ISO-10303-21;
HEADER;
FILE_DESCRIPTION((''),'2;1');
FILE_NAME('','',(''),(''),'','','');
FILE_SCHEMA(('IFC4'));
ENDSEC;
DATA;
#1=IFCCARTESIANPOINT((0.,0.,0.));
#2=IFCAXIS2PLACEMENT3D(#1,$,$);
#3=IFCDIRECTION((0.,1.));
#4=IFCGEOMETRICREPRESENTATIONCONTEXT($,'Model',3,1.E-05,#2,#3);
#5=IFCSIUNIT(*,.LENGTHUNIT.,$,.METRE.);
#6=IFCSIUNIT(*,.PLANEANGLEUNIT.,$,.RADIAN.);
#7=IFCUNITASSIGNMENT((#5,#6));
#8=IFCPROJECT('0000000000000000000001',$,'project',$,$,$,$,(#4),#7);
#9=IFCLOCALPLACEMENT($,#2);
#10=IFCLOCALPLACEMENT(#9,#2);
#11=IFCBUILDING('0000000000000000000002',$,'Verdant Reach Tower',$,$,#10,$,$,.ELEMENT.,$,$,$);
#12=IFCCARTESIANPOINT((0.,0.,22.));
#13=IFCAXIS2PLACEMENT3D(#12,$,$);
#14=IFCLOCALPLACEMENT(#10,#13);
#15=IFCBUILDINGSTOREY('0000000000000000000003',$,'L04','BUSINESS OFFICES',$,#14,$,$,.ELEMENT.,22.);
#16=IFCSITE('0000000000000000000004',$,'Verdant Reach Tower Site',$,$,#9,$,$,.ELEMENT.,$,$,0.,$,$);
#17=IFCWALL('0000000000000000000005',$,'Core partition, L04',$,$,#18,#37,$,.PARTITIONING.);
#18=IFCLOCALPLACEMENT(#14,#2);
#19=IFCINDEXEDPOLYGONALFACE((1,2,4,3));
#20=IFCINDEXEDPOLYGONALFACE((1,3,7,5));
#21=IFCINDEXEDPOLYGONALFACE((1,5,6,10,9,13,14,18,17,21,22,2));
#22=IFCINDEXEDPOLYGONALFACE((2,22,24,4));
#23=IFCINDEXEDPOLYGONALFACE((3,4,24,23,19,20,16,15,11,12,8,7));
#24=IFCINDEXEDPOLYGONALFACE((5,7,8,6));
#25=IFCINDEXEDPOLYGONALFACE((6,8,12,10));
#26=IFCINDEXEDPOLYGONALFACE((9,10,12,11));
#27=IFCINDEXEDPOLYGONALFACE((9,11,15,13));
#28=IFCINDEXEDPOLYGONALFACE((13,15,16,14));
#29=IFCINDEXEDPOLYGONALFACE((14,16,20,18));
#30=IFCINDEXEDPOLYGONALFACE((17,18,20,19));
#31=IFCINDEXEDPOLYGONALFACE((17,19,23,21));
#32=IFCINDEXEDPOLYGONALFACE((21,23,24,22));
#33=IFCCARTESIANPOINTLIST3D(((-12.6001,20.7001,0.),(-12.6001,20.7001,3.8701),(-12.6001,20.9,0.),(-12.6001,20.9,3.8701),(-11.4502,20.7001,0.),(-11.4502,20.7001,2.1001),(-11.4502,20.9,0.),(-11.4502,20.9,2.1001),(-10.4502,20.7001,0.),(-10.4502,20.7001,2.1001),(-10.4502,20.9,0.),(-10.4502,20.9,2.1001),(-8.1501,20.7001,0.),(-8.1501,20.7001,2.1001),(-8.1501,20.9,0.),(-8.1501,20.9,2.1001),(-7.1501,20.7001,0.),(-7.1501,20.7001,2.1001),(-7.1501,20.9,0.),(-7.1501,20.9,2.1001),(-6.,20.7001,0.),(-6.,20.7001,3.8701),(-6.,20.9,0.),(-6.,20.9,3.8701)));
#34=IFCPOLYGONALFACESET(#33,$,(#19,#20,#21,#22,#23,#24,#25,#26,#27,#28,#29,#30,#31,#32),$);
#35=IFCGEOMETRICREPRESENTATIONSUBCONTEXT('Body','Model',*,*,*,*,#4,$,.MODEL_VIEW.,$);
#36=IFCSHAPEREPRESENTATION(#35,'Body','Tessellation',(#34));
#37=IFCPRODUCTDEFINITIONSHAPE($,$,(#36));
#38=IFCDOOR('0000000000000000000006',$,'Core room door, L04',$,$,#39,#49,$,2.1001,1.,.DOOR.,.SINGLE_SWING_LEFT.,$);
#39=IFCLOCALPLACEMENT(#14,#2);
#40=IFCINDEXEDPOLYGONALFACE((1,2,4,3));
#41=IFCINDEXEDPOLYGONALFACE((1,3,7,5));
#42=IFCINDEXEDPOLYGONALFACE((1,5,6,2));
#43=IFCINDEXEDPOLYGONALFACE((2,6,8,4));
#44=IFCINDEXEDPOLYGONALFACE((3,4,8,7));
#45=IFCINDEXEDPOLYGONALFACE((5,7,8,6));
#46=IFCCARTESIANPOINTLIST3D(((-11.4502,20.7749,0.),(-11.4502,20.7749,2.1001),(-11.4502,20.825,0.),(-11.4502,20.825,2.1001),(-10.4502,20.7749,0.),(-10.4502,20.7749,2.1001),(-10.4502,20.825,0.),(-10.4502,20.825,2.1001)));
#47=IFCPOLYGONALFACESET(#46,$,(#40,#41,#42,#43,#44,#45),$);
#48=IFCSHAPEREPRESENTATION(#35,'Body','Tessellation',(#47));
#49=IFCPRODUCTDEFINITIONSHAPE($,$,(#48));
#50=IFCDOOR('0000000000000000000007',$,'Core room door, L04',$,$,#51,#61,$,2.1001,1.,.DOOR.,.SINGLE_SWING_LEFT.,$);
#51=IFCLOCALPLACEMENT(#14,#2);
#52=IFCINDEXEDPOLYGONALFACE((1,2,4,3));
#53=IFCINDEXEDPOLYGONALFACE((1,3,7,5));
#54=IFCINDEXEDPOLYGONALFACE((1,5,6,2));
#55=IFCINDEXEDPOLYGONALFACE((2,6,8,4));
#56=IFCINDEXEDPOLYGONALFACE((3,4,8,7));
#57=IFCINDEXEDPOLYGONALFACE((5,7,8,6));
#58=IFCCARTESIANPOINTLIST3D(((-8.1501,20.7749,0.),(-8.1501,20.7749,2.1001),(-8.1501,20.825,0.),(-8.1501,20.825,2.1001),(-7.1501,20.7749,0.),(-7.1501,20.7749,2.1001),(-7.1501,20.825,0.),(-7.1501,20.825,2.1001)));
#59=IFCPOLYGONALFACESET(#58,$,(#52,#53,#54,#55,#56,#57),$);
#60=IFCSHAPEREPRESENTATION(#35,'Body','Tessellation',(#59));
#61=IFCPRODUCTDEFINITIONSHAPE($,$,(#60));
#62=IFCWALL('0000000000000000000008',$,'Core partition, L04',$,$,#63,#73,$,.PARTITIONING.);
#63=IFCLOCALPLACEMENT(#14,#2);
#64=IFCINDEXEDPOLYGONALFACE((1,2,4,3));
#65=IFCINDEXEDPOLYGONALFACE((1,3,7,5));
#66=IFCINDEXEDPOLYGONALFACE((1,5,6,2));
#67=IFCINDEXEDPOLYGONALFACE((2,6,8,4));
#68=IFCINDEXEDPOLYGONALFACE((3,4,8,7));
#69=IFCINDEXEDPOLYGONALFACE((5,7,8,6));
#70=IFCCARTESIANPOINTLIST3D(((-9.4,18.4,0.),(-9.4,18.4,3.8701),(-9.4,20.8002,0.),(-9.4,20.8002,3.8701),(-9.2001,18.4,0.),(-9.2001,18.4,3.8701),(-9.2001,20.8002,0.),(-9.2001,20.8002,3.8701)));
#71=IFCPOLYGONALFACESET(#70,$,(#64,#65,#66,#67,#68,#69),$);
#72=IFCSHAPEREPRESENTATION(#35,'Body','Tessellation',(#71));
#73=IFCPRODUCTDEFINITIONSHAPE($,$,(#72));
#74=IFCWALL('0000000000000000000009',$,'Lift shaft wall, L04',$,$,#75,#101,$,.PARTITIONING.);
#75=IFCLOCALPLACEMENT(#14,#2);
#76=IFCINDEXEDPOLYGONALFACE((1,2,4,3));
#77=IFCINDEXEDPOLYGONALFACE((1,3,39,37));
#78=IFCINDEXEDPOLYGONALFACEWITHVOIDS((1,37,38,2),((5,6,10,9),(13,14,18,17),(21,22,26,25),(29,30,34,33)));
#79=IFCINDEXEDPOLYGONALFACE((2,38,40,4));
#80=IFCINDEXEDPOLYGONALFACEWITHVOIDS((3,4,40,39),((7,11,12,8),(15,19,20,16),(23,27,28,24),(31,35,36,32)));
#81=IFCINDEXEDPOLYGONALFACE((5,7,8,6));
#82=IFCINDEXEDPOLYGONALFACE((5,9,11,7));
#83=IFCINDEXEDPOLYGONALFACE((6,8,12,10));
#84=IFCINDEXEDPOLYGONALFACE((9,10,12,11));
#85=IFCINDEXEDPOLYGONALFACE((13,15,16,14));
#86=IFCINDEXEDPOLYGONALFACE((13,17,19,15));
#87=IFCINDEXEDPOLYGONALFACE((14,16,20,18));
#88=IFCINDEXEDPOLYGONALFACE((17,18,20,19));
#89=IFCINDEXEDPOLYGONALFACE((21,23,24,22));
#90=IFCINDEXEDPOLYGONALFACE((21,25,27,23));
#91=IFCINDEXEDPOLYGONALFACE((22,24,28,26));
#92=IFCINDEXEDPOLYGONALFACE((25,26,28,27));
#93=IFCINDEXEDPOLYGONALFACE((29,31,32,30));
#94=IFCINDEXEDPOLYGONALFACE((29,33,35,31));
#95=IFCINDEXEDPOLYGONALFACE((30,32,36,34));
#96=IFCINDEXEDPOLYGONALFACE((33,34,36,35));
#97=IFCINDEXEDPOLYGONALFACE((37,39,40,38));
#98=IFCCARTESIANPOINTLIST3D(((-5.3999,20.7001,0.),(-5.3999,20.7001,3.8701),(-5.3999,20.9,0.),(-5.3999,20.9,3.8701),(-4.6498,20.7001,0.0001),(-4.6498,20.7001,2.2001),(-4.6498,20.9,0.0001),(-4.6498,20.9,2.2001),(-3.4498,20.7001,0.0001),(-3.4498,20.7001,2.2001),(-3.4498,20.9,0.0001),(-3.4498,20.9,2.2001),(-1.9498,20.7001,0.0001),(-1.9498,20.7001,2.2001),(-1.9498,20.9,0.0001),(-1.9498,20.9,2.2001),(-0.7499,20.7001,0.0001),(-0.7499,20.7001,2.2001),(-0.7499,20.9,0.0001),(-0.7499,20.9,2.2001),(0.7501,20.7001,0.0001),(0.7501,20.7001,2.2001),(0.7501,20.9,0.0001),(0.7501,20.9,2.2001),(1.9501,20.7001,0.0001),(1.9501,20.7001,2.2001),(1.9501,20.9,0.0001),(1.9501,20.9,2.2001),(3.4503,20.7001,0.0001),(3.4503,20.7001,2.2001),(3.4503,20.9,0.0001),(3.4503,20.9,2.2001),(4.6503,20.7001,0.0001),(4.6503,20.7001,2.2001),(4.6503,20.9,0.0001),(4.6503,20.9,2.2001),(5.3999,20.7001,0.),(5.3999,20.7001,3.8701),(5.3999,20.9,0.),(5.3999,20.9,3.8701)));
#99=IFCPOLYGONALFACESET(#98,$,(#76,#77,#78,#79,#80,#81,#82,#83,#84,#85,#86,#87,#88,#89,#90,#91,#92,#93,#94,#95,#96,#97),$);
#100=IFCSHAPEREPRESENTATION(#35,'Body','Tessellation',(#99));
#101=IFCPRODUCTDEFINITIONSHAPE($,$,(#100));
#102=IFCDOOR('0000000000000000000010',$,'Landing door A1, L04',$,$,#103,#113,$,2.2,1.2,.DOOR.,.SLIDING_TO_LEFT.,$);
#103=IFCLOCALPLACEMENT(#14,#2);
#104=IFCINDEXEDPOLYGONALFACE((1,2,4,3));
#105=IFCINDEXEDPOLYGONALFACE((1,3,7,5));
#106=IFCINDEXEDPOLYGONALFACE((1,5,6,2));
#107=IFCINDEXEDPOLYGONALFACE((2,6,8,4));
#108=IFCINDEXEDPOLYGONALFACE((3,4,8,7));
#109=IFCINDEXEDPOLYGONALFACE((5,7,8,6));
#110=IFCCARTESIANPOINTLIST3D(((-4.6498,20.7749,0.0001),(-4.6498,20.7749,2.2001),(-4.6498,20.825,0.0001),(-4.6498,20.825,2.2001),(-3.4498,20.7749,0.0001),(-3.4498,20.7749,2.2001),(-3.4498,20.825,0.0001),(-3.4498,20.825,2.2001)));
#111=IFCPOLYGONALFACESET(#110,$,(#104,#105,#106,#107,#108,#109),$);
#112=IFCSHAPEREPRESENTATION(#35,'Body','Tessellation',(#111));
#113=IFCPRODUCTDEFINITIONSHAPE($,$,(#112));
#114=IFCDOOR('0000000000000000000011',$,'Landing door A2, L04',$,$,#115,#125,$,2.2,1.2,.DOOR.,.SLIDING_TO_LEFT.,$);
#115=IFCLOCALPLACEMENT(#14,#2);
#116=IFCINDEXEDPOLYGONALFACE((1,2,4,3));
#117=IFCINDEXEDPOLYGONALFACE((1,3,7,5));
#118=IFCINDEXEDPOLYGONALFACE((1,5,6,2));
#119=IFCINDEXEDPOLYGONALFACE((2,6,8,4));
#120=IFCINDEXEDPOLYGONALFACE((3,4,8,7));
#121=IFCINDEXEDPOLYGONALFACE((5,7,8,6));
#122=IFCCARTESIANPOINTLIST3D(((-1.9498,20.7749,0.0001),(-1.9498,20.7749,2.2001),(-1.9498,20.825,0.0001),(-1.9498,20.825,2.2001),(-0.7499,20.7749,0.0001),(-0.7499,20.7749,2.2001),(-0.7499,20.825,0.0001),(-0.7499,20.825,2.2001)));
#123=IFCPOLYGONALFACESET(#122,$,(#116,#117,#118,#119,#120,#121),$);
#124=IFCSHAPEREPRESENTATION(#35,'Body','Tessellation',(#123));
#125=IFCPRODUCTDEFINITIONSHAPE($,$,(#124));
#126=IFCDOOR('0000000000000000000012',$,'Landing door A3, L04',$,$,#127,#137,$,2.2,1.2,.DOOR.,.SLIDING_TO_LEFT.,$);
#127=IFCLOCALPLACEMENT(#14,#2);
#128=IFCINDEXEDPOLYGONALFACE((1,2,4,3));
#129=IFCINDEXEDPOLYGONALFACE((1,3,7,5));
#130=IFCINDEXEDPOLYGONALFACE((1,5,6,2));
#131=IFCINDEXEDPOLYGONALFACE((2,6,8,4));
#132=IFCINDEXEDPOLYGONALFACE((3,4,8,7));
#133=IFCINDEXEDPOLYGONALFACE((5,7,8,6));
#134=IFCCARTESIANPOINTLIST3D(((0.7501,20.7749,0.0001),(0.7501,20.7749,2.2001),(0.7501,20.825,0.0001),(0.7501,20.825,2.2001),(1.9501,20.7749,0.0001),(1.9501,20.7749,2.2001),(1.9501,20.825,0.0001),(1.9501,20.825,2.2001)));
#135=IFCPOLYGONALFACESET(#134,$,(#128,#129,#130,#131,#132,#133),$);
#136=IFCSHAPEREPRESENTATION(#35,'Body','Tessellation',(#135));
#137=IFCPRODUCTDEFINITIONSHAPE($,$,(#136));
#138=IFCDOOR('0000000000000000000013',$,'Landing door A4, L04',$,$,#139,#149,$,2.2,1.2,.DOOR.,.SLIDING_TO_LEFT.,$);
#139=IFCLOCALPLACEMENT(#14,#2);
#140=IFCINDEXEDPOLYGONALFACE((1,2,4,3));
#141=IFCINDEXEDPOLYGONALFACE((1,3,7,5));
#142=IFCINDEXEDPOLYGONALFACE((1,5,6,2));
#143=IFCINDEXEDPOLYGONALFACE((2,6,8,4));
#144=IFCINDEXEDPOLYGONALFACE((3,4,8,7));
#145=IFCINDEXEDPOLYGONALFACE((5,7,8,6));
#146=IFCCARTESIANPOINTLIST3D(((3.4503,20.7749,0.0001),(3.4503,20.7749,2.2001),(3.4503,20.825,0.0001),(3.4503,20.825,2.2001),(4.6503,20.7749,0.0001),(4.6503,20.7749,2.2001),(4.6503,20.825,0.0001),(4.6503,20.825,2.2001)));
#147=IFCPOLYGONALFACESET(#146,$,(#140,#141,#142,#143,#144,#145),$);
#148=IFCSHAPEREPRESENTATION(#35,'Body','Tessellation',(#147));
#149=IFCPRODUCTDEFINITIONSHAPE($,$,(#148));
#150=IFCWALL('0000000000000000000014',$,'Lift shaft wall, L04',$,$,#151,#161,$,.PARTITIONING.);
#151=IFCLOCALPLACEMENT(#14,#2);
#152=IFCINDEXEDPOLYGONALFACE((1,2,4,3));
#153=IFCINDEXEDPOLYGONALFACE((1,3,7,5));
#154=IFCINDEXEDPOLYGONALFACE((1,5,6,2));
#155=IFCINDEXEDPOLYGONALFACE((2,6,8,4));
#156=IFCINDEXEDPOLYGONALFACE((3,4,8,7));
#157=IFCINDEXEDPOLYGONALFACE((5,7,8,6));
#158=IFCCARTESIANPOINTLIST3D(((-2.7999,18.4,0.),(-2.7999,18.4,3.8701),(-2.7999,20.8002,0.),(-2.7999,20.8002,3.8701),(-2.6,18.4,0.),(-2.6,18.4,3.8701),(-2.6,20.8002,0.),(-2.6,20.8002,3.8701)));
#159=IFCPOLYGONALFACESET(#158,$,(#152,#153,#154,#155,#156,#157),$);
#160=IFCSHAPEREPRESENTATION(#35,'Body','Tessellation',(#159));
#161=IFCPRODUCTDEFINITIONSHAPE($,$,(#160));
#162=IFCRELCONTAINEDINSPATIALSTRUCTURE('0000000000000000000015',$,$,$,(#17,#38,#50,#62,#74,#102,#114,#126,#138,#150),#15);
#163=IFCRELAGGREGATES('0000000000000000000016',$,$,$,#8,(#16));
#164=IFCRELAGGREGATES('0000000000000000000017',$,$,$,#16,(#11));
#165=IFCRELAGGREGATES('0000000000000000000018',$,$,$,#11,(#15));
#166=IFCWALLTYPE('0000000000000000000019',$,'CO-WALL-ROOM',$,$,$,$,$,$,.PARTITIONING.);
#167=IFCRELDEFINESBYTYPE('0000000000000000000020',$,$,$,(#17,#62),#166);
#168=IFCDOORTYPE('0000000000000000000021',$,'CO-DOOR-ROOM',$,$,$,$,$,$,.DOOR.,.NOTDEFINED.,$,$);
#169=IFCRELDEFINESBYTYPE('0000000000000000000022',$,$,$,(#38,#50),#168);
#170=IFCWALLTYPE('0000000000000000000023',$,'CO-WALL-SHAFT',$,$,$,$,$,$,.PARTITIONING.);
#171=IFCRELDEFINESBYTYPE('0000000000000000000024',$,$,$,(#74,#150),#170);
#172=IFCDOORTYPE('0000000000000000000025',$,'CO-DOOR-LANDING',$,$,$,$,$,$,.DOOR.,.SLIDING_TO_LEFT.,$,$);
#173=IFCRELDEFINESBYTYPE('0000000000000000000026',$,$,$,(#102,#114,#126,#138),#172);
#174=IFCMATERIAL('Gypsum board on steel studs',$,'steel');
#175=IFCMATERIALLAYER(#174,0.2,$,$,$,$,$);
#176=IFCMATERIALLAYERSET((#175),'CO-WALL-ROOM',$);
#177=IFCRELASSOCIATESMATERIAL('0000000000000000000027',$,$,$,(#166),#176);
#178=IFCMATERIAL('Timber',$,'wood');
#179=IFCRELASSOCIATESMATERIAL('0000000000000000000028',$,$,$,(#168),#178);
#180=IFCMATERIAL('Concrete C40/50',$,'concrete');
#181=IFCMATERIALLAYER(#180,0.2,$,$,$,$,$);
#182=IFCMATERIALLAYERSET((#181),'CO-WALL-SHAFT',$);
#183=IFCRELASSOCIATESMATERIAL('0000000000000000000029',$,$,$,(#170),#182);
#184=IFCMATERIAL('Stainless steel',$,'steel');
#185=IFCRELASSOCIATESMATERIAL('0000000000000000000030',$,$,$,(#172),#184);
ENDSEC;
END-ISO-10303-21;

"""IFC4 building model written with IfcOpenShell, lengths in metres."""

from ifc_helpers import new_model, si_unit, direction, frame, frame_2d, origin, place, context, subcontext, project, spatial, rectangle, extrude, material, layer, layer_set, type_object, element, fill, save


model = new_model("IFC4")

# Units and contexts
model_context = context("Model", 3, precision=1e-05, world=origin(), true_north=direction((0.0, 1.0)))
body_context = subcontext(model_context, "Body", "Model", "MODEL_VIEW")
ifc_project = project(units=[si_unit("LENGTHUNIT", "METRE"), si_unit("PLANEANGLEUNIT", "RADIAN")], contexts=[model_context])

# Site, building, storey
site_placement = place(None, origin())
site = spatial("IfcSite", under=ifc_project, at=site_placement, Name="Verdant Reach Tower Site", CompositionType="ELEMENT", RefElevation=0.0)
building_placement = place(site_placement, origin())
building = spatial("IfcBuilding", under=site, at=building_placement, Name="Verdant Reach Tower", CompositionType="ELEMENT")
storey_placement = place(building_placement, frame((0.0, 0.0, 22.0)))
storey = spatial("IfcBuildingStorey", under=building, at=storey_placement, Name="L04", Description="BUSINESS OFFICES", CompositionType="ELEMENT", Elevation=22.0)

# Wall, openings, doors
ifc_material_1 = material(Name="Gypsum board on steel studs", Category="steel")
ifc_layer_1 = layer(ifc_material_1, 0.2)
ifc_layer_set_1 = layer_set([ifc_layer_1], Name="CO-WALL-ROOM")
wall_type_1 = type_object("IfcWallType", Name="CO-WALL-ROOM", PredefinedType="PARTITIONING", material=ifc_layer_set_1)
wall_1_placement = place(storey_placement, frame((-12.6001, 20.8, 0.0), z_axis=(0.0, 0.0, 1.0), x_axis=(1.0, 0.0, 0.0)))
wall_1 = element("IfcWall", 1, at=wall_1_placement, inside=storey, type_object=wall_type_1, Name="Core partition, L04", PredefinedType="PARTITIONING", context=body_context, shape_type="SweptSolid", body=[
    extrude(rectangle(XDim=6.6001, YDim=0.2, at=frame_2d((3.3, 0.0))), origin(), (0.0, 0.0, 1.0), 3.8701),
])
opening_1_placement = place(wall_1_placement, frame((1.1499, 0.0, 0.0)))
opening_1 = element("IfcOpeningElement", 2, at=opening_1_placement, cuts=wall_1, PredefinedType="OPENING", context=body_context, shape_type="SweptSolid", body=[
    extrude(rectangle(XDim=1.0, YDim=2.1001, at=frame_2d((0.5, 1.05))), frame((0.0, 0.1099, 0.0), z_axis=(0.0, -1.0, 0.0), x_axis=(1.0, 0.0, 0.0)), (0.0, 0.0, 1.0), 0.22),
])
opening_2_placement = place(wall_1_placement, frame((4.45, 0.0, 0.0)))
opening_2 = element("IfcOpeningElement", 3, at=opening_2_placement, cuts=wall_1, PredefinedType="OPENING", context=body_context, shape_type="SweptSolid", body=[
    extrude(rectangle(XDim=1.0, YDim=2.1001, at=frame_2d((0.5, 1.05))), frame((0.0, 0.1099, 0.0), z_axis=(0.0, -1.0, 0.0), x_axis=(1.0, 0.0, 0.0)), (0.0, 0.0, 1.0), 0.22),
])
ifc_material_2 = material(Name="Timber", Category="wood")
door_type_1 = type_object("IfcDoorType", Name="CO-DOOR-ROOM", OperationType="NOTDEFINED", PredefinedType="DOOR", material=ifc_material_2)
door_1_placement = place(opening_1_placement, origin())
door_1 = element("IfcDoor", 4, at=door_1_placement, inside=storey, type_object=door_type_1, Name="Core room door, L04", OperationType="SINGLE_SWING_LEFT", OverallHeight=2.1001, OverallWidth=1.0, PredefinedType="DOOR", context=body_context, shape_type="SweptSolid", body=[
    extrude(rectangle(XDim=1.0, YDim=2.1001, at=frame_2d((0.5, 1.05))), frame((0.0, 0.0249, 0.0), z_axis=(0.0, -1.0, 0.0), x_axis=(1.0, 0.0, 0.0)), (0.0, 0.0, 1.0), 0.05),
])
fill(opening_1, door_1)
door_2_placement = place(opening_2_placement, origin())
door_2 = element("IfcDoor", 5, at=door_2_placement, inside=storey, type_object=door_type_1, Name="Core room door, L04", OperationType="SINGLE_SWING_LEFT", OverallHeight=2.1001, OverallWidth=1.0, PredefinedType="DOOR", context=body_context, shape_type="SweptSolid", body=[
    extrude(rectangle(XDim=1.0, YDim=2.1001, at=frame_2d((0.5, 1.05))), frame((0.0, 0.0249, 0.0), z_axis=(0.0, -1.0, 0.0), x_axis=(1.0, 0.0, 0.0)), (0.0, 0.0, 1.0), 0.05),
])
fill(opening_2, door_2)

# Wall
wall_2_placement = place(storey_placement, frame((-9.3, 18.3999, 0.0), z_axis=(0.0, 0.0, 1.0), x_axis=(0.0, 1.0, 0.0)))
element("IfcWall", 6, at=wall_2_placement, inside=storey, type_object=wall_type_1, Name="Core partition, L04", PredefinedType="PARTITIONING", context=body_context, shape_type="SweptSolid", body=[
    extrude(rectangle(XDim=2.4001, YDim=0.2, at=frame_2d((1.2002, 0.0))), origin(), (0.0, 0.0, 1.0), 3.8701),
])

# Wall, openings, doors
ifc_material_3 = material(Name="Concrete C40/50", Category="concrete")
ifc_layer_2 = layer(ifc_material_3, 0.2)
ifc_layer_set_2 = layer_set([ifc_layer_2], Name="CO-WALL-SHAFT")
wall_type_2 = type_object("IfcWallType", Name="CO-WALL-SHAFT", PredefinedType="PARTITIONING", material=ifc_layer_set_2)
wall_3_placement = place(storey_placement, frame((-5.3999, 20.8, 0.0), z_axis=(0.0, 0.0, 1.0), x_axis=(1.0, 0.0, 0.0)))
wall_3 = element("IfcWall", 7, at=wall_3_placement, inside=storey, type_object=wall_type_2, Name="Lift shaft wall, L04", PredefinedType="PARTITIONING", context=body_context, shape_type="SweptSolid", body=[
    extrude(rectangle(XDim=10.7998, YDim=0.2, at=frame_2d((5.3999, 0.0))), origin(), (0.0, 0.0, 1.0), 3.8701),
])
opening_3_placement = place(wall_3_placement, frame((0.75, 0.0, 0.0)))
opening_3 = element("IfcOpeningElement", 8, at=opening_3_placement, cuts=wall_3, PredefinedType="OPENING", context=body_context, shape_type="SweptSolid", body=[
    extrude(rectangle(XDim=1.2, YDim=2.2, at=frame_2d((0.6001, 1.1001))), frame((0.0, 0.1099, 0.0), z_axis=(0.0, -1.0, 0.0), x_axis=(1.0, 0.0, 0.0)), (0.0, 0.0, 1.0), 0.22),
])
opening_4_placement = place(wall_3_placement, frame((3.45, 0.0, 0.0)))
opening_4 = element("IfcOpeningElement", 9, at=opening_4_placement, cuts=wall_3, PredefinedType="OPENING", context=body_context, shape_type="SweptSolid", body=[
    extrude(rectangle(XDim=1.2, YDim=2.2, at=frame_2d((0.6001, 1.1001))), frame((0.0, 0.1099, 0.0), z_axis=(0.0, -1.0, 0.0), x_axis=(1.0, 0.0, 0.0)), (0.0, 0.0, 1.0), 0.22),
])
opening_5_placement = place(wall_3_placement, frame((6.1499, 0.0, 0.0)))
opening_5 = element("IfcOpeningElement", 10, at=opening_5_placement, cuts=wall_3, PredefinedType="OPENING", context=body_context, shape_type="SweptSolid", body=[
    extrude(rectangle(XDim=1.2, YDim=2.2, at=frame_2d((0.6001, 1.1001))), frame((0.0, 0.1099, 0.0), z_axis=(0.0, -1.0, 0.0), x_axis=(1.0, 0.0, 0.0)), (0.0, 0.0, 1.0), 0.22),
])
opening_6_placement = place(wall_3_placement, frame((8.8501, 0.0, 0.0)))
opening_6 = element("IfcOpeningElement", 11, at=opening_6_placement, cuts=wall_3, PredefinedType="OPENING", context=body_context, shape_type="SweptSolid", body=[
    extrude(rectangle(XDim=1.2, YDim=2.2, at=frame_2d((0.6001, 1.1001))), frame((0.0, 0.1099, 0.0), z_axis=(0.0, -1.0, 0.0), x_axis=(1.0, 0.0, 0.0)), (0.0, 0.0, 1.0), 0.22),
])
ifc_material_4 = material(Name="Stainless steel", Category="steel")
door_type_2 = type_object("IfcDoorType", Name="CO-DOOR-LANDING", OperationType="SLIDING_TO_LEFT", PredefinedType="DOOR", material=ifc_material_4)
door_3_placement = place(opening_3_placement, origin())
door_3 = element("IfcDoor", 12, at=door_3_placement, inside=storey, type_object=door_type_2, Name="Landing door A1, L04", OperationType="SLIDING_TO_LEFT", OverallHeight=2.2, OverallWidth=1.2, PredefinedType="DOOR", context=body_context, shape_type="SweptSolid", body=[
    extrude(rectangle(XDim=1.2, YDim=2.2, at=frame_2d((0.6001, 1.1001))), frame((0.0, 0.0249, 0.0), z_axis=(0.0, -1.0, 0.0), x_axis=(1.0, 0.0, 0.0)), (0.0, 0.0, 1.0), 0.05),
])
fill(opening_3, door_3)
door_4_placement = place(opening_4_placement, origin())
door_4 = element("IfcDoor", 13, at=door_4_placement, inside=storey, type_object=door_type_2, Name="Landing door A2, L04", OperationType="SLIDING_TO_LEFT", OverallHeight=2.2, OverallWidth=1.2, PredefinedType="DOOR", context=body_context, shape_type="SweptSolid", body=[
    extrude(rectangle(XDim=1.2, YDim=2.2, at=frame_2d((0.6001, 1.1001))), frame((0.0, 0.0249, 0.0), z_axis=(0.0, -1.0, 0.0), x_axis=(1.0, 0.0, 0.0)), (0.0, 0.0, 1.0), 0.05),
])
fill(opening_4, door_4)
door_5_placement = place(opening_5_placement, origin())
door_5 = element("IfcDoor", 14, at=door_5_placement, inside=storey, type_object=door_type_2, Name="Landing door A3, L04", OperationType="SLIDING_TO_LEFT", OverallHeight=2.2, OverallWidth=1.2, PredefinedType="DOOR", context=body_context, shape_type="SweptSolid", body=[
    extrude(rectangle(XDim=1.2, YDim=2.2, at=frame_2d((0.6001, 1.1001))), frame((0.0, 0.0249, 0.0), z_axis=(0.0, -1.0, 0.0), x_axis=(1.0, 0.0, 0.0)), (0.0, 0.0, 1.0), 0.05),
])
fill(opening_5, door_5)
door_6_placement = place(opening_6_placement, origin())
door_6 = element("IfcDoor", 15, at=door_6_placement, inside=storey, type_object=door_type_2, Name="Landing door A4, L04", OperationType="SLIDING_TO_LEFT", OverallHeight=2.2, OverallWidth=1.2, PredefinedType="DOOR", context=body_context, shape_type="SweptSolid", body=[
    extrude(rectangle(XDim=1.2, YDim=2.2, at=frame_2d((0.6001, 1.1001))), frame((0.0, 0.0249, 0.0), z_axis=(0.0, -1.0, 0.0), x_axis=(1.0, 0.0, 0.0)), (0.0, 0.0, 1.0), 0.05),
])
fill(opening_6, door_6)

# Wall
wall_4_placement = place(storey_placement, frame((-2.7, 18.3999, 0.0), z_axis=(0.0, 0.0, 1.0), x_axis=(0.0, 1.0, 0.0)))
element("IfcWall", 16, at=wall_4_placement, inside=storey, type_object=wall_type_2, Name="Lift shaft wall, L04", PredefinedType="PARTITIONING", context=body_context, shape_type="SweptSolid", body=[
    extrude(rectangle(XDim=2.4001, YDim=0.2, at=frame_2d((1.2002, 0.0))), origin(), (0.0, 0.0, 1.0), 3.8701),
])

save(model, "model.ifc")
